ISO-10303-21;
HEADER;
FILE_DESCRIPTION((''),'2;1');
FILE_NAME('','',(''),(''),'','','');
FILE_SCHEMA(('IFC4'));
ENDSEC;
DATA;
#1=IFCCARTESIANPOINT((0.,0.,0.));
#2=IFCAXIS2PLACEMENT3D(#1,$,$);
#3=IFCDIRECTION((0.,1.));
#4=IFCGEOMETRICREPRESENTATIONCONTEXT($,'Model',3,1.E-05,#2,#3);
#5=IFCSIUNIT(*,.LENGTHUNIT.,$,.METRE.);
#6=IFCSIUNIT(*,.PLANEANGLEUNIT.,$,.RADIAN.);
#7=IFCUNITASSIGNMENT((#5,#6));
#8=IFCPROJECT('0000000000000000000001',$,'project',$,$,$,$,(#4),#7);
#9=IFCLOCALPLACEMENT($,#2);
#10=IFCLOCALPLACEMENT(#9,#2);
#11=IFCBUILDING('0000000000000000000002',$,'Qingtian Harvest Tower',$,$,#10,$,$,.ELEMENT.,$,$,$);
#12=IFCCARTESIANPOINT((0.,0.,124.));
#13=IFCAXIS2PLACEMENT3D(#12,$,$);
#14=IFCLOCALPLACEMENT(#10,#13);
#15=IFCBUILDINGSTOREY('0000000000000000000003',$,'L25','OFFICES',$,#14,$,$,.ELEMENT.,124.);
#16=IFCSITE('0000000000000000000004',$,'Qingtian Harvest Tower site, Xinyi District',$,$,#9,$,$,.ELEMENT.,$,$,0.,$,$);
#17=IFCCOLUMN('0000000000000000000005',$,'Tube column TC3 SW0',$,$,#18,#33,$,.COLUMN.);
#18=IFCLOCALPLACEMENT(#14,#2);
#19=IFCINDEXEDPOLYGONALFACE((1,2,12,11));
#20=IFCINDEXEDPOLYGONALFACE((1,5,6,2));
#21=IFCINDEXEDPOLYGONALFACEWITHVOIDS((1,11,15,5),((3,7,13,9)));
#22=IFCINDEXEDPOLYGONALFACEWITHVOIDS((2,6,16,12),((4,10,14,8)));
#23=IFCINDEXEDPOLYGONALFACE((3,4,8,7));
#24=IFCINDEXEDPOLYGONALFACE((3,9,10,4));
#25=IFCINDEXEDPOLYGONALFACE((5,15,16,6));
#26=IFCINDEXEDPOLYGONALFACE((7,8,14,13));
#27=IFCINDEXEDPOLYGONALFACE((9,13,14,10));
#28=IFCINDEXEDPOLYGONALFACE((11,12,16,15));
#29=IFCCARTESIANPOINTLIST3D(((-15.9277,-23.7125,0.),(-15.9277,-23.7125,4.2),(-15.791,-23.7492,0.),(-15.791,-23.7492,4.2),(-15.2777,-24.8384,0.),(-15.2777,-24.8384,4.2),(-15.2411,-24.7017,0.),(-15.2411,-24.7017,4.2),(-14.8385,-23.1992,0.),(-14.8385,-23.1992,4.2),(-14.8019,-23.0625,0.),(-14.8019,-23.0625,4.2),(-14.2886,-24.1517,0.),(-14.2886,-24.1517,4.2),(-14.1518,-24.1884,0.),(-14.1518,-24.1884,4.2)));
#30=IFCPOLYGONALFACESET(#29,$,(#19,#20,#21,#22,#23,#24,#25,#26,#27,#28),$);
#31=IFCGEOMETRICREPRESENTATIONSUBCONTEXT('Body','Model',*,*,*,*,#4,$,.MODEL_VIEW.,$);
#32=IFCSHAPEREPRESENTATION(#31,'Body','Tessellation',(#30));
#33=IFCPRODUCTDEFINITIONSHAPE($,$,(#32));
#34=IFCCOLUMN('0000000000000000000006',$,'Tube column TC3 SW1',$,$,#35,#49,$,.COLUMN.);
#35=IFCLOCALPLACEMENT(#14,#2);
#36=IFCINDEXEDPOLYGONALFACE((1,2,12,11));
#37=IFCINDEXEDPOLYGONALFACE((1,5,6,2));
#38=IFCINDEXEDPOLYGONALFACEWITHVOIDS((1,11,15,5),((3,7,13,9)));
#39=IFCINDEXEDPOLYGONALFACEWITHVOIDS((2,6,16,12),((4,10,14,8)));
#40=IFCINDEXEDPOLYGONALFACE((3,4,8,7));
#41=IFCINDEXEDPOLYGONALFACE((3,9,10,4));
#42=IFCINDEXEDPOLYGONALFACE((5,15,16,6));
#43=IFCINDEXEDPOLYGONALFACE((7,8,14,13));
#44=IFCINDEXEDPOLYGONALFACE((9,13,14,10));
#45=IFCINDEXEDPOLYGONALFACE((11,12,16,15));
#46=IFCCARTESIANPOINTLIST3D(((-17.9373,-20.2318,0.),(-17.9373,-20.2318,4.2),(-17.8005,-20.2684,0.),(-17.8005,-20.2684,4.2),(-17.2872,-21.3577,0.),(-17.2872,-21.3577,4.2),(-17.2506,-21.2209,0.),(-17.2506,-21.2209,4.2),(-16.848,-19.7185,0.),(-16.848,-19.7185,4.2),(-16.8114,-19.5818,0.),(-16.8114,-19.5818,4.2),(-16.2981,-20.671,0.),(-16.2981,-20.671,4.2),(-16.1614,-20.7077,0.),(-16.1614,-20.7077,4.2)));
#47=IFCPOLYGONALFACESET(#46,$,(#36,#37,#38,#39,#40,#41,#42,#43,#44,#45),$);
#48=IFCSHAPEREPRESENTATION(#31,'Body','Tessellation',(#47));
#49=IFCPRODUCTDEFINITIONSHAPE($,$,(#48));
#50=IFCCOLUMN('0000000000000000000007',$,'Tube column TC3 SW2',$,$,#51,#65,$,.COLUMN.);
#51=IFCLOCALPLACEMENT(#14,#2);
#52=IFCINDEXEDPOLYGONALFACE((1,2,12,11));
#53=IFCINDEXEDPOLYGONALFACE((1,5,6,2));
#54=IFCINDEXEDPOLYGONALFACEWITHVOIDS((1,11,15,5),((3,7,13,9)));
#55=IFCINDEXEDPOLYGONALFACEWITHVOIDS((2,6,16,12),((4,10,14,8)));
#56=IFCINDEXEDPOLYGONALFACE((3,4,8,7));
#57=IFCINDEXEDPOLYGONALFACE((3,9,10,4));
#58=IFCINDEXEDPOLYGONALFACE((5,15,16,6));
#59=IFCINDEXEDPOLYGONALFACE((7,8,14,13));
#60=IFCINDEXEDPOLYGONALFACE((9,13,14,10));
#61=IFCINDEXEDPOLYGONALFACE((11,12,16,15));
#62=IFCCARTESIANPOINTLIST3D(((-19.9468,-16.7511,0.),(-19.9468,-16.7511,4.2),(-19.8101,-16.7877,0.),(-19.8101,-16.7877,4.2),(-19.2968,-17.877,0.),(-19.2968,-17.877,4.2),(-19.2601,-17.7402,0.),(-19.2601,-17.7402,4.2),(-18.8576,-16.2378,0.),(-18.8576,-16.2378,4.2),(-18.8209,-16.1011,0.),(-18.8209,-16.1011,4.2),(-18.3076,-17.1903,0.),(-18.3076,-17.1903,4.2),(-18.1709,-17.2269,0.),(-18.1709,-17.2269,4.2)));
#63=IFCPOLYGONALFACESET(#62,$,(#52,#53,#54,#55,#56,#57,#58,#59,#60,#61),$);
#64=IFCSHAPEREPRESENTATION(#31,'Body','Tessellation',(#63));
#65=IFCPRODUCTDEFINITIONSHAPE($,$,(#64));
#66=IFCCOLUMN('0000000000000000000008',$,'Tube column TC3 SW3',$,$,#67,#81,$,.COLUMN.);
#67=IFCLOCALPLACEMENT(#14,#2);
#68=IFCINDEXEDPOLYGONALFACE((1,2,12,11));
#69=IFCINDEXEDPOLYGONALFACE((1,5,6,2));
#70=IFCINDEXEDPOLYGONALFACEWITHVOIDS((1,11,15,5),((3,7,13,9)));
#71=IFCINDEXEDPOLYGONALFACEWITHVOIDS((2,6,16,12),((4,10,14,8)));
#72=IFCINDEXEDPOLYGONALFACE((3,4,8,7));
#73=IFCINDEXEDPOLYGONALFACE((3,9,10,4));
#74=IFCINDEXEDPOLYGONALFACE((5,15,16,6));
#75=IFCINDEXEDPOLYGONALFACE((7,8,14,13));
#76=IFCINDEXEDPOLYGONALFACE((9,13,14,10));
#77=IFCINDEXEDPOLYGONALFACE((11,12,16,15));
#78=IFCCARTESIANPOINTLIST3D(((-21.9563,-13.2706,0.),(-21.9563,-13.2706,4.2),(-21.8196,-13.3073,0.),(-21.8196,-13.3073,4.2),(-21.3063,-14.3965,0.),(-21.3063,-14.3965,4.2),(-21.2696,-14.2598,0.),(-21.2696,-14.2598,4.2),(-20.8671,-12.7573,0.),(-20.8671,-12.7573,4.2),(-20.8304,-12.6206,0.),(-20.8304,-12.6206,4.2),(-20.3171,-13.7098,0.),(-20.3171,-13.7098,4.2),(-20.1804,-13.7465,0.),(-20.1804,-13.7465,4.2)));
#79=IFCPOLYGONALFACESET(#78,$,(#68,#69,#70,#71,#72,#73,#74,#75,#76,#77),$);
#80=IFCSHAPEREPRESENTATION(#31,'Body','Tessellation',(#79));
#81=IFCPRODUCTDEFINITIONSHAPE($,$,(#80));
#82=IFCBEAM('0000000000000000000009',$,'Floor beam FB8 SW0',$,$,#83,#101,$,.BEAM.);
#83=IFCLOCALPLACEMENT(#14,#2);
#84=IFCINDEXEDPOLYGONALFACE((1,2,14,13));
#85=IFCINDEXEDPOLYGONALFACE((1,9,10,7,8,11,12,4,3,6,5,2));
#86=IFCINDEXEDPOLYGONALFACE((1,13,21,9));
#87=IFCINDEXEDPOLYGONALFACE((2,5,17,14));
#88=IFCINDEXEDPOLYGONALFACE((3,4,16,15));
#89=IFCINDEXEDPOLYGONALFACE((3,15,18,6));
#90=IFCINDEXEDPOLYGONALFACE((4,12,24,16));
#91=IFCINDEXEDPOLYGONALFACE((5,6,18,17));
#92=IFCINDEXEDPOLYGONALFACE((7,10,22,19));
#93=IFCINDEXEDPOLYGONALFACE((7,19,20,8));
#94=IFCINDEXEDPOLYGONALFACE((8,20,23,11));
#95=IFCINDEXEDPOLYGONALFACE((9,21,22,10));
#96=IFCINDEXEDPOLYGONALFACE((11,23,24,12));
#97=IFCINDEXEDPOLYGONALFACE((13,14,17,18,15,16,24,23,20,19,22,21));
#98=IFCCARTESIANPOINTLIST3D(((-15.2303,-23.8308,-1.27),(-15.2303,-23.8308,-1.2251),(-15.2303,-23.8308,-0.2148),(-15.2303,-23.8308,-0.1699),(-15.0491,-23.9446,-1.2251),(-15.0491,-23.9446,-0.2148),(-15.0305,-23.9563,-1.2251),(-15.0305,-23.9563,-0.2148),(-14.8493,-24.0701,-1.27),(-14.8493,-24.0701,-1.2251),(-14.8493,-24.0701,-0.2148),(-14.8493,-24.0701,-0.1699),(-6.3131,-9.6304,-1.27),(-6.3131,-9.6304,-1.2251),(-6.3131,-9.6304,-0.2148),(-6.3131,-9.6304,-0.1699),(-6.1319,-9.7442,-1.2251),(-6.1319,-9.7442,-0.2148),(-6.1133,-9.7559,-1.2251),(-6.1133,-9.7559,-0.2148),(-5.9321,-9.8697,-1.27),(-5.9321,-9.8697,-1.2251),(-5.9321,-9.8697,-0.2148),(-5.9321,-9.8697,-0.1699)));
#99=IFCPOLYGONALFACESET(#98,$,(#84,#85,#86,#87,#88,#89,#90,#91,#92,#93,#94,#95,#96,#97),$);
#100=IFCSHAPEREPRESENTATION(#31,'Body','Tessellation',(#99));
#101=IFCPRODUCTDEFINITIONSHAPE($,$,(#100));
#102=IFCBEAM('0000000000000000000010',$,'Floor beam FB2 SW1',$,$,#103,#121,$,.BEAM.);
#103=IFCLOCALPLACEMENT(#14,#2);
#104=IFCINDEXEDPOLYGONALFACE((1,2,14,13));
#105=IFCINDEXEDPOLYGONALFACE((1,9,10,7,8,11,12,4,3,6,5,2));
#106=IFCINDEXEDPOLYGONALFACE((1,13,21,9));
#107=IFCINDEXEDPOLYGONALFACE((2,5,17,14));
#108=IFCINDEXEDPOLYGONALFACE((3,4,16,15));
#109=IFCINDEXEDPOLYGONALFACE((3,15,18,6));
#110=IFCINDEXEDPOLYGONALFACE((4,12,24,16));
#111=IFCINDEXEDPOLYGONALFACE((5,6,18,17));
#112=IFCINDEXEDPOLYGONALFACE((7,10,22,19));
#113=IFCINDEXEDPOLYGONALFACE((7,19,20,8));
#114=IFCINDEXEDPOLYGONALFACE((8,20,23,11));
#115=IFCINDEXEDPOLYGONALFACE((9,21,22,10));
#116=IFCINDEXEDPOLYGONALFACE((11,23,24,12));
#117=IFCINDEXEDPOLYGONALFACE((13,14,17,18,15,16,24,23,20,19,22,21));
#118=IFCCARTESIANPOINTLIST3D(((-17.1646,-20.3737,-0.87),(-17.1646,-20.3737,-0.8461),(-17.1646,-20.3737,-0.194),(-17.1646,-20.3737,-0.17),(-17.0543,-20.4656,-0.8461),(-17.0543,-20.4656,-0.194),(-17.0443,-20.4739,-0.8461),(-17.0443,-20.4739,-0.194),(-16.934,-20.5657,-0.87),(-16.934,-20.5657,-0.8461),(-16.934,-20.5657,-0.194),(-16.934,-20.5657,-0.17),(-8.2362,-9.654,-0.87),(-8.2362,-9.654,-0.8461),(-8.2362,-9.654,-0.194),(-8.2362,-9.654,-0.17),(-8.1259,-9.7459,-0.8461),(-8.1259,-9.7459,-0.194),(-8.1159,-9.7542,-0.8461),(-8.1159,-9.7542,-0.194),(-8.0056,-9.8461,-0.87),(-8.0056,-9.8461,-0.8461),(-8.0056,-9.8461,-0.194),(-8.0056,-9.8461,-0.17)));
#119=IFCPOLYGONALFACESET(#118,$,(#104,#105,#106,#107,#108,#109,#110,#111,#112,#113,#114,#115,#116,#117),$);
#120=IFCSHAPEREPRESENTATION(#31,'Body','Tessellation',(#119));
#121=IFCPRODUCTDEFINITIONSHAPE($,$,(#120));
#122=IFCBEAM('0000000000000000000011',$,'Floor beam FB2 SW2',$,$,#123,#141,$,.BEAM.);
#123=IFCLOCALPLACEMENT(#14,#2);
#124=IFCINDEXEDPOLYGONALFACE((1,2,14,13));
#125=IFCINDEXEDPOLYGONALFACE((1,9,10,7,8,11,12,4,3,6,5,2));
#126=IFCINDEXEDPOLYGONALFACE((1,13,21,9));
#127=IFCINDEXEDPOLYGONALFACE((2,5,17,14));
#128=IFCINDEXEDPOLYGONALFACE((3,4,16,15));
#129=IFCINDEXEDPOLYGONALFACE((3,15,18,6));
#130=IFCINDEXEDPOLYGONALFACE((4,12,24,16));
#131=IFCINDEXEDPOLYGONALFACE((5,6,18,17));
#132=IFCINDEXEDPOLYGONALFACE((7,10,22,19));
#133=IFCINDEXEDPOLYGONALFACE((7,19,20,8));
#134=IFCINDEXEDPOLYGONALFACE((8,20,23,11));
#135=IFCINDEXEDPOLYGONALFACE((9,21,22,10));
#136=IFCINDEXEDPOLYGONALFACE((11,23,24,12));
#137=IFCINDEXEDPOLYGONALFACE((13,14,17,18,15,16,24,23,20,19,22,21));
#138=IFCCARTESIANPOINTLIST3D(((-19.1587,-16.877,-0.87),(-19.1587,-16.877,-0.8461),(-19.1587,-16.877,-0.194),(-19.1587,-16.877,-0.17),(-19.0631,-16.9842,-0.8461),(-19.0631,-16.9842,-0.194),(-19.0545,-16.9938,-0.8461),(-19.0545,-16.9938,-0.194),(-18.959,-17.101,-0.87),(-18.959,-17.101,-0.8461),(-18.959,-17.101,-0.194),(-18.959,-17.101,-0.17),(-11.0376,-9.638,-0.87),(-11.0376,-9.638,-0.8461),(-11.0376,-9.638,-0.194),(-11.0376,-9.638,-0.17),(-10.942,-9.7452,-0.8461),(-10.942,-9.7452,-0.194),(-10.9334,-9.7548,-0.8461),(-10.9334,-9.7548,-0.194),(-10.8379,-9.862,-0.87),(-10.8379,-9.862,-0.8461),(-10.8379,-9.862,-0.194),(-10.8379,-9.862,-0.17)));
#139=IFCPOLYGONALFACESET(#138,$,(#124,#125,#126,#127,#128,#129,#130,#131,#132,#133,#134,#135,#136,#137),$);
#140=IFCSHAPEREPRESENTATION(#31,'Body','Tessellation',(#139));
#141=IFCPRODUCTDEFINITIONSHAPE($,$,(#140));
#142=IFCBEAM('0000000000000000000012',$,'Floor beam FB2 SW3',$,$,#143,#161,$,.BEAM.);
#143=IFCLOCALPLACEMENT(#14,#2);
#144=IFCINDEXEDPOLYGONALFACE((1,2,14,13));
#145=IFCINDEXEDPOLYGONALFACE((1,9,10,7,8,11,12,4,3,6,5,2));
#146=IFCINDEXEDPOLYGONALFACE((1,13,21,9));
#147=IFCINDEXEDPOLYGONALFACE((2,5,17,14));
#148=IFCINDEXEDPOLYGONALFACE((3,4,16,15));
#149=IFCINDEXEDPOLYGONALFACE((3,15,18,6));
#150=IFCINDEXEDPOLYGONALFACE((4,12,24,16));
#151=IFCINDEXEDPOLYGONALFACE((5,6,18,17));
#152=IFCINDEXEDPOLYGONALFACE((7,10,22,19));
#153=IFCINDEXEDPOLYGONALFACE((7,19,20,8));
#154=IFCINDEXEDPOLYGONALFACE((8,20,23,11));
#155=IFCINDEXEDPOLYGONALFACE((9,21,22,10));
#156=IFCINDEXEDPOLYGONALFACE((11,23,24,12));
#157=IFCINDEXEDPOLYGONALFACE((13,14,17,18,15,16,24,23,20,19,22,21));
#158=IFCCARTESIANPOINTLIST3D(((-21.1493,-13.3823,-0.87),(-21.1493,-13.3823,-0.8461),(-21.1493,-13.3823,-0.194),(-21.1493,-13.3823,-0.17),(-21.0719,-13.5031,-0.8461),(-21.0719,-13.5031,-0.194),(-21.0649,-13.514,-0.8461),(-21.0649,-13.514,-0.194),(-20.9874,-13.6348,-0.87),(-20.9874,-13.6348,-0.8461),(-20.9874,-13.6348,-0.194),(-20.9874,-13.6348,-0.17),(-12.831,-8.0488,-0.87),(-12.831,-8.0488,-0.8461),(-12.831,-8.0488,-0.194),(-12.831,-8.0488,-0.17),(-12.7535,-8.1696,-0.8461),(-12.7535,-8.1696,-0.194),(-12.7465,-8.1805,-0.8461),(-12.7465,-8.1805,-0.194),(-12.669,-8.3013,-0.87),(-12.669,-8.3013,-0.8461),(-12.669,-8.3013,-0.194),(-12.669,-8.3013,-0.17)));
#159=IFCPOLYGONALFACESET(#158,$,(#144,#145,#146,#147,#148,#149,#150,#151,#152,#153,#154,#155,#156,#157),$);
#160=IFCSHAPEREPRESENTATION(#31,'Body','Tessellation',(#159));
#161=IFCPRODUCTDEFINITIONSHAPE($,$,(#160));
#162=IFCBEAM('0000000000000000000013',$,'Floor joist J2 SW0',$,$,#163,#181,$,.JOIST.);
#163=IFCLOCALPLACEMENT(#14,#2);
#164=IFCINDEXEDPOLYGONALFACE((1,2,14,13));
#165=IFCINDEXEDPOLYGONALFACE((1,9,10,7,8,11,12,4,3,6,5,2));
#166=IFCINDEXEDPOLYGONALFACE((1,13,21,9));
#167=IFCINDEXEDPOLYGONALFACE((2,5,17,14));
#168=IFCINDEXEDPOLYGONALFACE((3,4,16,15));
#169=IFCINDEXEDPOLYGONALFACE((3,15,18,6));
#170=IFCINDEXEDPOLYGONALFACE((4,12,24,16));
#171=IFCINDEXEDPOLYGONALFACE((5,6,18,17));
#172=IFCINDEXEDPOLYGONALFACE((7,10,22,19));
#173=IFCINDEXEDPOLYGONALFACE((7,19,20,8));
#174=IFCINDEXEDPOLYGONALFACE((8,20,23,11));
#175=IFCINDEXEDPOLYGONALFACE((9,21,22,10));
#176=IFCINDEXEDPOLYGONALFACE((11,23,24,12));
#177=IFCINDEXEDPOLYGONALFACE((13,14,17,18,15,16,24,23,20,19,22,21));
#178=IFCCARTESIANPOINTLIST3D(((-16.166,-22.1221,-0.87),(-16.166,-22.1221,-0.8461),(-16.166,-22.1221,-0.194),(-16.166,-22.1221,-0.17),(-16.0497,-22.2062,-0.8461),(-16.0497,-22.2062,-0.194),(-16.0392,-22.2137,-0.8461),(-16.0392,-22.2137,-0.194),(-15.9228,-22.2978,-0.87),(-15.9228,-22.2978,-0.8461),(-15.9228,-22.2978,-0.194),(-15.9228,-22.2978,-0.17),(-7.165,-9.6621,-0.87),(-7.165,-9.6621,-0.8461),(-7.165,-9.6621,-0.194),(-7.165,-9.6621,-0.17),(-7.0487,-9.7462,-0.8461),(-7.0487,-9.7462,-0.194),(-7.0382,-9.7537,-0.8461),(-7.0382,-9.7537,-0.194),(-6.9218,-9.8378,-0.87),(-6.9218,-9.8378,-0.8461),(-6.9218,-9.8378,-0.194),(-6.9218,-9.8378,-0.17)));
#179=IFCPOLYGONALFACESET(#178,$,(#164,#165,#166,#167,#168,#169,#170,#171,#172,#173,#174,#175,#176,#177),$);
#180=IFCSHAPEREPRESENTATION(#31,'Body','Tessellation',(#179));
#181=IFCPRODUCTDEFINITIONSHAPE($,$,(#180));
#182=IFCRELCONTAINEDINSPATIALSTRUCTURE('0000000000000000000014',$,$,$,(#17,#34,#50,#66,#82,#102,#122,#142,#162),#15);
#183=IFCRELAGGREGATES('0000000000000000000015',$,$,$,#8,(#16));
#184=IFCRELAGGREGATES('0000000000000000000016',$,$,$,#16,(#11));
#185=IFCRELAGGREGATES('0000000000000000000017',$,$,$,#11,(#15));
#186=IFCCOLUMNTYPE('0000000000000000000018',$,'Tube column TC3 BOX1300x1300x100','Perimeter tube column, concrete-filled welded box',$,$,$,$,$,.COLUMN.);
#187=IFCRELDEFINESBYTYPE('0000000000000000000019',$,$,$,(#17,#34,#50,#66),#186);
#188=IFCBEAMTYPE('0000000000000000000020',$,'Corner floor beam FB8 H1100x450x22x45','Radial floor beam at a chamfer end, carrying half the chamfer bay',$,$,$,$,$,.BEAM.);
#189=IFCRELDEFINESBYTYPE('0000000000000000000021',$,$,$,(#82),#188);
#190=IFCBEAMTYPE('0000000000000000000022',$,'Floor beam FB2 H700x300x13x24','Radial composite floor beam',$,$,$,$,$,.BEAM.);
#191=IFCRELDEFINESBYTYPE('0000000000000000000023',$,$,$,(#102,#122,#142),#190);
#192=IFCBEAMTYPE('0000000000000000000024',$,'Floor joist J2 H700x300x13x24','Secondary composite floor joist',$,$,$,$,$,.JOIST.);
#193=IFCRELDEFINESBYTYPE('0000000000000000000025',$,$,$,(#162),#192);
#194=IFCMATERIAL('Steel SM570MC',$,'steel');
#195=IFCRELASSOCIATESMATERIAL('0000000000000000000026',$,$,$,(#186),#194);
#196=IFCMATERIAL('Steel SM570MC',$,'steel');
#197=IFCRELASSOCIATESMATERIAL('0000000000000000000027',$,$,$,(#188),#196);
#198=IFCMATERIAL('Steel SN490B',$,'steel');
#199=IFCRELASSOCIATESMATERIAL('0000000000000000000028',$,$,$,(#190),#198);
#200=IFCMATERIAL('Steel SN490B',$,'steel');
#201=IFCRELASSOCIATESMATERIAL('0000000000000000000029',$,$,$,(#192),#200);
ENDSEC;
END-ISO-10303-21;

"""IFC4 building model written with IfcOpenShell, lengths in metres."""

from ifc_helpers import new_model, si_unit, direction, frame, origin, origin_2d, place, context, subcontext, project, spatial, hollow_rectangle, i_section, extrude, material, material_profile, profile_set, type_object, element, save


model = new_model("IFC4")

# Units and contexts
model_context = context("Model", 3, precision=1e-05, world=origin(), true_north=direction((0.0, 1.0)))
body_context = subcontext(model_context, "Body", "Model", "MODEL_VIEW")
ifc_project = project(units=[si_unit("LENGTHUNIT", "METRE"), si_unit("PLANEANGLEUNIT", "RADIAN")], contexts=[model_context])

# Site, building, storey
site_placement = place(None, origin())
site = spatial("IfcSite", under=ifc_project, at=site_placement, Name="Qingtian Harvest Tower site, Xinyi District", CompositionType="ELEMENT", RefElevation=0.0)
building_placement = place(site_placement, origin())
building = spatial("IfcBuilding", under=site, at=building_placement, Name="Qingtian Harvest Tower", CompositionType="ELEMENT")
storey_placement = place(building_placement, frame((0.0, 0.0, 124.0)))
storey = spatial("IfcBuildingStorey", under=building, at=storey_placement, Name="L25", Description="OFFICES", CompositionType="ELEMENT", Elevation=124.0)

# Columns
ifc_material_1 = material(Name="Steel SM570MC", Category="steel")
ifc_material_profile_1 = material_profile(ifc_material_1, hollow_rectangle(XDim=1.3, YDim=1.3, WallThickness=0.1001, at=origin_2d()), Name="BOX1300x1300x100")
ifc_profile_set_1 = profile_set([ifc_material_profile_1], Name="Steel SM570MC")
column_type = type_object("IfcColumnType", Name="Tube column TC3 BOX1300x1300x100", Description="Perimeter tube column, concrete-filled welded box", PredefinedType="COLUMN", material=ifc_profile_set_1)
for number, where, z_axis, x_axis, name in (
    (1, (-15.0398, -23.9504, 0.0), (0.0, 0.0, 1.0), (0.5, -0.866025, 0.0), "Tube column TC3 SW0"),
    (2, (-17.0493, -20.4697, 0.0), (0.0, 0.0, 1.0), (0.5, -0.866025, 0.0), "Tube column TC3 SW1"),
    (3, (-19.0588, -16.989, 0.0), (0.0, 0.0, 1.0), (0.5, -0.866025, 0.0), "Tube column TC3 SW2"),
    (4, (-21.0684, -13.5085, 0.0), (0.0, 0.0, 1.0), (0.5, -0.866025, 0.0), "Tube column TC3 SW3"),
):
    element("IfcColumn", number, at=place(storey_placement, frame(where, z_axis=z_axis, x_axis=x_axis)), inside=storey, type_object=column_type, Name=name, PredefinedType="COLUMN", context=body_context, shape_type="SweptSolid", body=[
        extrude(hollow_rectangle(XDim=1.3, YDim=1.3, WallThickness=0.1001, at=origin_2d()), origin(), (0.0, 0.0, 1.0), 4.2),
    ])

# Beams
ifc_material_2 = material(Name="Steel SM570MC", Category="steel")
ifc_material_profile_2 = material_profile(ifc_material_2, i_section(OverallWidth=0.45, OverallDepth=1.1001, WebThickness=0.022, FlangeThickness=0.0449, at=origin_2d()), Name="H1100x450x22x45")
ifc_profile_set_2 = profile_set([ifc_material_profile_2], Name="Steel SM570MC")
beam_type_1 = type_object("IfcBeamType", Name="Corner floor beam FB8 H1100x450x22x45", Description="Radial floor beam at a chamfer end, carrying half the chamfer bay", PredefinedType="BEAM", material=ifc_profile_set_2)
beam_1_placement = place(storey_placement, frame((-15.0398, -23.9504, -0.72), z_axis=(0.531797, 0.846872, 0.0), x_axis=(-0.846872, 0.531797, 0.0)))
element("IfcBeam", 5, at=beam_1_placement, inside=storey, type_object=beam_type_1, Name="Floor beam FB8 SW0", PredefinedType="BEAM", context=body_context, shape_type="SweptSolid", body=[
    extrude(i_section(OverallWidth=0.45, OverallDepth=1.1001, WebThickness=0.022, FlangeThickness=0.0449, at=origin_2d()), origin(), (0.0, 0.0, 1.0), 16.7681),
])
ifc_material_3 = material(Name="Steel SN490B", Category="steel")
ifc_material_profile_3 = material_profile(ifc_material_3, i_section(OverallWidth=0.3, OverallDepth=0.7, WebThickness=0.0129, FlangeThickness=0.0239, at=origin_2d()), Name="H700x300x13x24")
ifc_profile_set_3 = profile_set([ifc_material_profile_3], Name="Steel SN490B")
beam_type_2 = type_object("IfcBeamType", Name="Floor beam FB2 H700x300x13x24", Description="Radial composite floor beam", PredefinedType="BEAM", material=ifc_profile_set_3)
beam_2_placement = place(storey_placement, frame((-17.0493, -20.4697, -0.52), z_axis=(0.639988, 0.768385, 0.0), x_axis=(-0.768385, 0.639988, 0.0)))
element("IfcBeam", 6, at=beam_2_placement, inside=storey, type_object=beam_type_2, Name="Floor beam FB2 SW1", PredefinedType="BEAM", context=body_context, shape_type="SweptSolid", body=[
    extrude(i_section(OverallWidth=0.3, OverallDepth=0.7, WebThickness=0.0129, FlangeThickness=0.0239, at=origin_2d()), origin(), (0.0, 0.0, 1.0), 13.9509),
])
beam_3_placement = place(storey_placement, frame((-19.0588, -16.989, -0.52), z_axis=(0.746484, 0.665404, 0.0), x_axis=(-0.665404, 0.746484, 0.0)))
element("IfcBeam", 7, at=beam_3_placement, inside=storey, type_object=beam_type_2, Name="Floor beam FB2 SW2", PredefinedType="BEAM", context=body_context, shape_type="SweptSolid", body=[
    extrude(i_section(OverallWidth=0.3, OverallDepth=0.7, WebThickness=0.0129, FlangeThickness=0.0239, at=origin_2d()), origin(), (0.0, 0.0, 1.0), 10.8792),
])
beam_4_placement = place(storey_placement, frame((-21.0684, -13.5085, -0.52), z_axis=(0.841823, 0.539753, 0.0), x_axis=(-0.539753, 0.841823, 0.0)))
element("IfcBeam", 8, at=beam_4_placement, inside=storey, type_object=beam_type_2, Name="Floor beam FB2 SW3", PredefinedType="BEAM", context=body_context, shape_type="SweptSolid", body=[
    extrude(i_section(OverallWidth=0.3, OverallDepth=0.7, WebThickness=0.0129, FlangeThickness=0.0239, at=origin_2d()), origin(), (0.0, 0.0, 1.0), 9.8813),
])
ifc_material_4 = material(Name="Steel SN490B", Category="steel")
ifc_material_profile_4 = material_profile(ifc_material_4, i_section(OverallWidth=0.3, OverallDepth=0.7, WebThickness=0.0129, FlangeThickness=0.0239, at=origin_2d()), Name="H700x300x13x24")
ifc_profile_set_4 = profile_set([ifc_material_profile_4], Name="Steel SN490B")
beam_type_3 = type_object("IfcBeamType", Name="Floor joist J2 H700x300x13x24", Description="Secondary composite floor joist", PredefinedType="JOIST", material=ifc_profile_set_4)
beam_5_placement = place(storey_placement, frame((-16.0444, -22.21, -0.52), z_axis=(0.585581, 0.810614, 0.0), x_axis=(-0.810614, 0.585581, 0.0)))
element("IfcBeam", 9, at=beam_5_placement, inside=storey, type_object=beam_type_3, Name="Floor joist J2 SW0", PredefinedType="JOIST", context=body_context, shape_type="SweptSolid", body=[
    extrude(i_section(OverallWidth=0.3, OverallDepth=0.7, WebThickness=0.0129, FlangeThickness=0.0239, at=origin_2d()), origin(), (0.0, 0.0, 1.0), 15.3711),
])

save(model, "model.ifc")
